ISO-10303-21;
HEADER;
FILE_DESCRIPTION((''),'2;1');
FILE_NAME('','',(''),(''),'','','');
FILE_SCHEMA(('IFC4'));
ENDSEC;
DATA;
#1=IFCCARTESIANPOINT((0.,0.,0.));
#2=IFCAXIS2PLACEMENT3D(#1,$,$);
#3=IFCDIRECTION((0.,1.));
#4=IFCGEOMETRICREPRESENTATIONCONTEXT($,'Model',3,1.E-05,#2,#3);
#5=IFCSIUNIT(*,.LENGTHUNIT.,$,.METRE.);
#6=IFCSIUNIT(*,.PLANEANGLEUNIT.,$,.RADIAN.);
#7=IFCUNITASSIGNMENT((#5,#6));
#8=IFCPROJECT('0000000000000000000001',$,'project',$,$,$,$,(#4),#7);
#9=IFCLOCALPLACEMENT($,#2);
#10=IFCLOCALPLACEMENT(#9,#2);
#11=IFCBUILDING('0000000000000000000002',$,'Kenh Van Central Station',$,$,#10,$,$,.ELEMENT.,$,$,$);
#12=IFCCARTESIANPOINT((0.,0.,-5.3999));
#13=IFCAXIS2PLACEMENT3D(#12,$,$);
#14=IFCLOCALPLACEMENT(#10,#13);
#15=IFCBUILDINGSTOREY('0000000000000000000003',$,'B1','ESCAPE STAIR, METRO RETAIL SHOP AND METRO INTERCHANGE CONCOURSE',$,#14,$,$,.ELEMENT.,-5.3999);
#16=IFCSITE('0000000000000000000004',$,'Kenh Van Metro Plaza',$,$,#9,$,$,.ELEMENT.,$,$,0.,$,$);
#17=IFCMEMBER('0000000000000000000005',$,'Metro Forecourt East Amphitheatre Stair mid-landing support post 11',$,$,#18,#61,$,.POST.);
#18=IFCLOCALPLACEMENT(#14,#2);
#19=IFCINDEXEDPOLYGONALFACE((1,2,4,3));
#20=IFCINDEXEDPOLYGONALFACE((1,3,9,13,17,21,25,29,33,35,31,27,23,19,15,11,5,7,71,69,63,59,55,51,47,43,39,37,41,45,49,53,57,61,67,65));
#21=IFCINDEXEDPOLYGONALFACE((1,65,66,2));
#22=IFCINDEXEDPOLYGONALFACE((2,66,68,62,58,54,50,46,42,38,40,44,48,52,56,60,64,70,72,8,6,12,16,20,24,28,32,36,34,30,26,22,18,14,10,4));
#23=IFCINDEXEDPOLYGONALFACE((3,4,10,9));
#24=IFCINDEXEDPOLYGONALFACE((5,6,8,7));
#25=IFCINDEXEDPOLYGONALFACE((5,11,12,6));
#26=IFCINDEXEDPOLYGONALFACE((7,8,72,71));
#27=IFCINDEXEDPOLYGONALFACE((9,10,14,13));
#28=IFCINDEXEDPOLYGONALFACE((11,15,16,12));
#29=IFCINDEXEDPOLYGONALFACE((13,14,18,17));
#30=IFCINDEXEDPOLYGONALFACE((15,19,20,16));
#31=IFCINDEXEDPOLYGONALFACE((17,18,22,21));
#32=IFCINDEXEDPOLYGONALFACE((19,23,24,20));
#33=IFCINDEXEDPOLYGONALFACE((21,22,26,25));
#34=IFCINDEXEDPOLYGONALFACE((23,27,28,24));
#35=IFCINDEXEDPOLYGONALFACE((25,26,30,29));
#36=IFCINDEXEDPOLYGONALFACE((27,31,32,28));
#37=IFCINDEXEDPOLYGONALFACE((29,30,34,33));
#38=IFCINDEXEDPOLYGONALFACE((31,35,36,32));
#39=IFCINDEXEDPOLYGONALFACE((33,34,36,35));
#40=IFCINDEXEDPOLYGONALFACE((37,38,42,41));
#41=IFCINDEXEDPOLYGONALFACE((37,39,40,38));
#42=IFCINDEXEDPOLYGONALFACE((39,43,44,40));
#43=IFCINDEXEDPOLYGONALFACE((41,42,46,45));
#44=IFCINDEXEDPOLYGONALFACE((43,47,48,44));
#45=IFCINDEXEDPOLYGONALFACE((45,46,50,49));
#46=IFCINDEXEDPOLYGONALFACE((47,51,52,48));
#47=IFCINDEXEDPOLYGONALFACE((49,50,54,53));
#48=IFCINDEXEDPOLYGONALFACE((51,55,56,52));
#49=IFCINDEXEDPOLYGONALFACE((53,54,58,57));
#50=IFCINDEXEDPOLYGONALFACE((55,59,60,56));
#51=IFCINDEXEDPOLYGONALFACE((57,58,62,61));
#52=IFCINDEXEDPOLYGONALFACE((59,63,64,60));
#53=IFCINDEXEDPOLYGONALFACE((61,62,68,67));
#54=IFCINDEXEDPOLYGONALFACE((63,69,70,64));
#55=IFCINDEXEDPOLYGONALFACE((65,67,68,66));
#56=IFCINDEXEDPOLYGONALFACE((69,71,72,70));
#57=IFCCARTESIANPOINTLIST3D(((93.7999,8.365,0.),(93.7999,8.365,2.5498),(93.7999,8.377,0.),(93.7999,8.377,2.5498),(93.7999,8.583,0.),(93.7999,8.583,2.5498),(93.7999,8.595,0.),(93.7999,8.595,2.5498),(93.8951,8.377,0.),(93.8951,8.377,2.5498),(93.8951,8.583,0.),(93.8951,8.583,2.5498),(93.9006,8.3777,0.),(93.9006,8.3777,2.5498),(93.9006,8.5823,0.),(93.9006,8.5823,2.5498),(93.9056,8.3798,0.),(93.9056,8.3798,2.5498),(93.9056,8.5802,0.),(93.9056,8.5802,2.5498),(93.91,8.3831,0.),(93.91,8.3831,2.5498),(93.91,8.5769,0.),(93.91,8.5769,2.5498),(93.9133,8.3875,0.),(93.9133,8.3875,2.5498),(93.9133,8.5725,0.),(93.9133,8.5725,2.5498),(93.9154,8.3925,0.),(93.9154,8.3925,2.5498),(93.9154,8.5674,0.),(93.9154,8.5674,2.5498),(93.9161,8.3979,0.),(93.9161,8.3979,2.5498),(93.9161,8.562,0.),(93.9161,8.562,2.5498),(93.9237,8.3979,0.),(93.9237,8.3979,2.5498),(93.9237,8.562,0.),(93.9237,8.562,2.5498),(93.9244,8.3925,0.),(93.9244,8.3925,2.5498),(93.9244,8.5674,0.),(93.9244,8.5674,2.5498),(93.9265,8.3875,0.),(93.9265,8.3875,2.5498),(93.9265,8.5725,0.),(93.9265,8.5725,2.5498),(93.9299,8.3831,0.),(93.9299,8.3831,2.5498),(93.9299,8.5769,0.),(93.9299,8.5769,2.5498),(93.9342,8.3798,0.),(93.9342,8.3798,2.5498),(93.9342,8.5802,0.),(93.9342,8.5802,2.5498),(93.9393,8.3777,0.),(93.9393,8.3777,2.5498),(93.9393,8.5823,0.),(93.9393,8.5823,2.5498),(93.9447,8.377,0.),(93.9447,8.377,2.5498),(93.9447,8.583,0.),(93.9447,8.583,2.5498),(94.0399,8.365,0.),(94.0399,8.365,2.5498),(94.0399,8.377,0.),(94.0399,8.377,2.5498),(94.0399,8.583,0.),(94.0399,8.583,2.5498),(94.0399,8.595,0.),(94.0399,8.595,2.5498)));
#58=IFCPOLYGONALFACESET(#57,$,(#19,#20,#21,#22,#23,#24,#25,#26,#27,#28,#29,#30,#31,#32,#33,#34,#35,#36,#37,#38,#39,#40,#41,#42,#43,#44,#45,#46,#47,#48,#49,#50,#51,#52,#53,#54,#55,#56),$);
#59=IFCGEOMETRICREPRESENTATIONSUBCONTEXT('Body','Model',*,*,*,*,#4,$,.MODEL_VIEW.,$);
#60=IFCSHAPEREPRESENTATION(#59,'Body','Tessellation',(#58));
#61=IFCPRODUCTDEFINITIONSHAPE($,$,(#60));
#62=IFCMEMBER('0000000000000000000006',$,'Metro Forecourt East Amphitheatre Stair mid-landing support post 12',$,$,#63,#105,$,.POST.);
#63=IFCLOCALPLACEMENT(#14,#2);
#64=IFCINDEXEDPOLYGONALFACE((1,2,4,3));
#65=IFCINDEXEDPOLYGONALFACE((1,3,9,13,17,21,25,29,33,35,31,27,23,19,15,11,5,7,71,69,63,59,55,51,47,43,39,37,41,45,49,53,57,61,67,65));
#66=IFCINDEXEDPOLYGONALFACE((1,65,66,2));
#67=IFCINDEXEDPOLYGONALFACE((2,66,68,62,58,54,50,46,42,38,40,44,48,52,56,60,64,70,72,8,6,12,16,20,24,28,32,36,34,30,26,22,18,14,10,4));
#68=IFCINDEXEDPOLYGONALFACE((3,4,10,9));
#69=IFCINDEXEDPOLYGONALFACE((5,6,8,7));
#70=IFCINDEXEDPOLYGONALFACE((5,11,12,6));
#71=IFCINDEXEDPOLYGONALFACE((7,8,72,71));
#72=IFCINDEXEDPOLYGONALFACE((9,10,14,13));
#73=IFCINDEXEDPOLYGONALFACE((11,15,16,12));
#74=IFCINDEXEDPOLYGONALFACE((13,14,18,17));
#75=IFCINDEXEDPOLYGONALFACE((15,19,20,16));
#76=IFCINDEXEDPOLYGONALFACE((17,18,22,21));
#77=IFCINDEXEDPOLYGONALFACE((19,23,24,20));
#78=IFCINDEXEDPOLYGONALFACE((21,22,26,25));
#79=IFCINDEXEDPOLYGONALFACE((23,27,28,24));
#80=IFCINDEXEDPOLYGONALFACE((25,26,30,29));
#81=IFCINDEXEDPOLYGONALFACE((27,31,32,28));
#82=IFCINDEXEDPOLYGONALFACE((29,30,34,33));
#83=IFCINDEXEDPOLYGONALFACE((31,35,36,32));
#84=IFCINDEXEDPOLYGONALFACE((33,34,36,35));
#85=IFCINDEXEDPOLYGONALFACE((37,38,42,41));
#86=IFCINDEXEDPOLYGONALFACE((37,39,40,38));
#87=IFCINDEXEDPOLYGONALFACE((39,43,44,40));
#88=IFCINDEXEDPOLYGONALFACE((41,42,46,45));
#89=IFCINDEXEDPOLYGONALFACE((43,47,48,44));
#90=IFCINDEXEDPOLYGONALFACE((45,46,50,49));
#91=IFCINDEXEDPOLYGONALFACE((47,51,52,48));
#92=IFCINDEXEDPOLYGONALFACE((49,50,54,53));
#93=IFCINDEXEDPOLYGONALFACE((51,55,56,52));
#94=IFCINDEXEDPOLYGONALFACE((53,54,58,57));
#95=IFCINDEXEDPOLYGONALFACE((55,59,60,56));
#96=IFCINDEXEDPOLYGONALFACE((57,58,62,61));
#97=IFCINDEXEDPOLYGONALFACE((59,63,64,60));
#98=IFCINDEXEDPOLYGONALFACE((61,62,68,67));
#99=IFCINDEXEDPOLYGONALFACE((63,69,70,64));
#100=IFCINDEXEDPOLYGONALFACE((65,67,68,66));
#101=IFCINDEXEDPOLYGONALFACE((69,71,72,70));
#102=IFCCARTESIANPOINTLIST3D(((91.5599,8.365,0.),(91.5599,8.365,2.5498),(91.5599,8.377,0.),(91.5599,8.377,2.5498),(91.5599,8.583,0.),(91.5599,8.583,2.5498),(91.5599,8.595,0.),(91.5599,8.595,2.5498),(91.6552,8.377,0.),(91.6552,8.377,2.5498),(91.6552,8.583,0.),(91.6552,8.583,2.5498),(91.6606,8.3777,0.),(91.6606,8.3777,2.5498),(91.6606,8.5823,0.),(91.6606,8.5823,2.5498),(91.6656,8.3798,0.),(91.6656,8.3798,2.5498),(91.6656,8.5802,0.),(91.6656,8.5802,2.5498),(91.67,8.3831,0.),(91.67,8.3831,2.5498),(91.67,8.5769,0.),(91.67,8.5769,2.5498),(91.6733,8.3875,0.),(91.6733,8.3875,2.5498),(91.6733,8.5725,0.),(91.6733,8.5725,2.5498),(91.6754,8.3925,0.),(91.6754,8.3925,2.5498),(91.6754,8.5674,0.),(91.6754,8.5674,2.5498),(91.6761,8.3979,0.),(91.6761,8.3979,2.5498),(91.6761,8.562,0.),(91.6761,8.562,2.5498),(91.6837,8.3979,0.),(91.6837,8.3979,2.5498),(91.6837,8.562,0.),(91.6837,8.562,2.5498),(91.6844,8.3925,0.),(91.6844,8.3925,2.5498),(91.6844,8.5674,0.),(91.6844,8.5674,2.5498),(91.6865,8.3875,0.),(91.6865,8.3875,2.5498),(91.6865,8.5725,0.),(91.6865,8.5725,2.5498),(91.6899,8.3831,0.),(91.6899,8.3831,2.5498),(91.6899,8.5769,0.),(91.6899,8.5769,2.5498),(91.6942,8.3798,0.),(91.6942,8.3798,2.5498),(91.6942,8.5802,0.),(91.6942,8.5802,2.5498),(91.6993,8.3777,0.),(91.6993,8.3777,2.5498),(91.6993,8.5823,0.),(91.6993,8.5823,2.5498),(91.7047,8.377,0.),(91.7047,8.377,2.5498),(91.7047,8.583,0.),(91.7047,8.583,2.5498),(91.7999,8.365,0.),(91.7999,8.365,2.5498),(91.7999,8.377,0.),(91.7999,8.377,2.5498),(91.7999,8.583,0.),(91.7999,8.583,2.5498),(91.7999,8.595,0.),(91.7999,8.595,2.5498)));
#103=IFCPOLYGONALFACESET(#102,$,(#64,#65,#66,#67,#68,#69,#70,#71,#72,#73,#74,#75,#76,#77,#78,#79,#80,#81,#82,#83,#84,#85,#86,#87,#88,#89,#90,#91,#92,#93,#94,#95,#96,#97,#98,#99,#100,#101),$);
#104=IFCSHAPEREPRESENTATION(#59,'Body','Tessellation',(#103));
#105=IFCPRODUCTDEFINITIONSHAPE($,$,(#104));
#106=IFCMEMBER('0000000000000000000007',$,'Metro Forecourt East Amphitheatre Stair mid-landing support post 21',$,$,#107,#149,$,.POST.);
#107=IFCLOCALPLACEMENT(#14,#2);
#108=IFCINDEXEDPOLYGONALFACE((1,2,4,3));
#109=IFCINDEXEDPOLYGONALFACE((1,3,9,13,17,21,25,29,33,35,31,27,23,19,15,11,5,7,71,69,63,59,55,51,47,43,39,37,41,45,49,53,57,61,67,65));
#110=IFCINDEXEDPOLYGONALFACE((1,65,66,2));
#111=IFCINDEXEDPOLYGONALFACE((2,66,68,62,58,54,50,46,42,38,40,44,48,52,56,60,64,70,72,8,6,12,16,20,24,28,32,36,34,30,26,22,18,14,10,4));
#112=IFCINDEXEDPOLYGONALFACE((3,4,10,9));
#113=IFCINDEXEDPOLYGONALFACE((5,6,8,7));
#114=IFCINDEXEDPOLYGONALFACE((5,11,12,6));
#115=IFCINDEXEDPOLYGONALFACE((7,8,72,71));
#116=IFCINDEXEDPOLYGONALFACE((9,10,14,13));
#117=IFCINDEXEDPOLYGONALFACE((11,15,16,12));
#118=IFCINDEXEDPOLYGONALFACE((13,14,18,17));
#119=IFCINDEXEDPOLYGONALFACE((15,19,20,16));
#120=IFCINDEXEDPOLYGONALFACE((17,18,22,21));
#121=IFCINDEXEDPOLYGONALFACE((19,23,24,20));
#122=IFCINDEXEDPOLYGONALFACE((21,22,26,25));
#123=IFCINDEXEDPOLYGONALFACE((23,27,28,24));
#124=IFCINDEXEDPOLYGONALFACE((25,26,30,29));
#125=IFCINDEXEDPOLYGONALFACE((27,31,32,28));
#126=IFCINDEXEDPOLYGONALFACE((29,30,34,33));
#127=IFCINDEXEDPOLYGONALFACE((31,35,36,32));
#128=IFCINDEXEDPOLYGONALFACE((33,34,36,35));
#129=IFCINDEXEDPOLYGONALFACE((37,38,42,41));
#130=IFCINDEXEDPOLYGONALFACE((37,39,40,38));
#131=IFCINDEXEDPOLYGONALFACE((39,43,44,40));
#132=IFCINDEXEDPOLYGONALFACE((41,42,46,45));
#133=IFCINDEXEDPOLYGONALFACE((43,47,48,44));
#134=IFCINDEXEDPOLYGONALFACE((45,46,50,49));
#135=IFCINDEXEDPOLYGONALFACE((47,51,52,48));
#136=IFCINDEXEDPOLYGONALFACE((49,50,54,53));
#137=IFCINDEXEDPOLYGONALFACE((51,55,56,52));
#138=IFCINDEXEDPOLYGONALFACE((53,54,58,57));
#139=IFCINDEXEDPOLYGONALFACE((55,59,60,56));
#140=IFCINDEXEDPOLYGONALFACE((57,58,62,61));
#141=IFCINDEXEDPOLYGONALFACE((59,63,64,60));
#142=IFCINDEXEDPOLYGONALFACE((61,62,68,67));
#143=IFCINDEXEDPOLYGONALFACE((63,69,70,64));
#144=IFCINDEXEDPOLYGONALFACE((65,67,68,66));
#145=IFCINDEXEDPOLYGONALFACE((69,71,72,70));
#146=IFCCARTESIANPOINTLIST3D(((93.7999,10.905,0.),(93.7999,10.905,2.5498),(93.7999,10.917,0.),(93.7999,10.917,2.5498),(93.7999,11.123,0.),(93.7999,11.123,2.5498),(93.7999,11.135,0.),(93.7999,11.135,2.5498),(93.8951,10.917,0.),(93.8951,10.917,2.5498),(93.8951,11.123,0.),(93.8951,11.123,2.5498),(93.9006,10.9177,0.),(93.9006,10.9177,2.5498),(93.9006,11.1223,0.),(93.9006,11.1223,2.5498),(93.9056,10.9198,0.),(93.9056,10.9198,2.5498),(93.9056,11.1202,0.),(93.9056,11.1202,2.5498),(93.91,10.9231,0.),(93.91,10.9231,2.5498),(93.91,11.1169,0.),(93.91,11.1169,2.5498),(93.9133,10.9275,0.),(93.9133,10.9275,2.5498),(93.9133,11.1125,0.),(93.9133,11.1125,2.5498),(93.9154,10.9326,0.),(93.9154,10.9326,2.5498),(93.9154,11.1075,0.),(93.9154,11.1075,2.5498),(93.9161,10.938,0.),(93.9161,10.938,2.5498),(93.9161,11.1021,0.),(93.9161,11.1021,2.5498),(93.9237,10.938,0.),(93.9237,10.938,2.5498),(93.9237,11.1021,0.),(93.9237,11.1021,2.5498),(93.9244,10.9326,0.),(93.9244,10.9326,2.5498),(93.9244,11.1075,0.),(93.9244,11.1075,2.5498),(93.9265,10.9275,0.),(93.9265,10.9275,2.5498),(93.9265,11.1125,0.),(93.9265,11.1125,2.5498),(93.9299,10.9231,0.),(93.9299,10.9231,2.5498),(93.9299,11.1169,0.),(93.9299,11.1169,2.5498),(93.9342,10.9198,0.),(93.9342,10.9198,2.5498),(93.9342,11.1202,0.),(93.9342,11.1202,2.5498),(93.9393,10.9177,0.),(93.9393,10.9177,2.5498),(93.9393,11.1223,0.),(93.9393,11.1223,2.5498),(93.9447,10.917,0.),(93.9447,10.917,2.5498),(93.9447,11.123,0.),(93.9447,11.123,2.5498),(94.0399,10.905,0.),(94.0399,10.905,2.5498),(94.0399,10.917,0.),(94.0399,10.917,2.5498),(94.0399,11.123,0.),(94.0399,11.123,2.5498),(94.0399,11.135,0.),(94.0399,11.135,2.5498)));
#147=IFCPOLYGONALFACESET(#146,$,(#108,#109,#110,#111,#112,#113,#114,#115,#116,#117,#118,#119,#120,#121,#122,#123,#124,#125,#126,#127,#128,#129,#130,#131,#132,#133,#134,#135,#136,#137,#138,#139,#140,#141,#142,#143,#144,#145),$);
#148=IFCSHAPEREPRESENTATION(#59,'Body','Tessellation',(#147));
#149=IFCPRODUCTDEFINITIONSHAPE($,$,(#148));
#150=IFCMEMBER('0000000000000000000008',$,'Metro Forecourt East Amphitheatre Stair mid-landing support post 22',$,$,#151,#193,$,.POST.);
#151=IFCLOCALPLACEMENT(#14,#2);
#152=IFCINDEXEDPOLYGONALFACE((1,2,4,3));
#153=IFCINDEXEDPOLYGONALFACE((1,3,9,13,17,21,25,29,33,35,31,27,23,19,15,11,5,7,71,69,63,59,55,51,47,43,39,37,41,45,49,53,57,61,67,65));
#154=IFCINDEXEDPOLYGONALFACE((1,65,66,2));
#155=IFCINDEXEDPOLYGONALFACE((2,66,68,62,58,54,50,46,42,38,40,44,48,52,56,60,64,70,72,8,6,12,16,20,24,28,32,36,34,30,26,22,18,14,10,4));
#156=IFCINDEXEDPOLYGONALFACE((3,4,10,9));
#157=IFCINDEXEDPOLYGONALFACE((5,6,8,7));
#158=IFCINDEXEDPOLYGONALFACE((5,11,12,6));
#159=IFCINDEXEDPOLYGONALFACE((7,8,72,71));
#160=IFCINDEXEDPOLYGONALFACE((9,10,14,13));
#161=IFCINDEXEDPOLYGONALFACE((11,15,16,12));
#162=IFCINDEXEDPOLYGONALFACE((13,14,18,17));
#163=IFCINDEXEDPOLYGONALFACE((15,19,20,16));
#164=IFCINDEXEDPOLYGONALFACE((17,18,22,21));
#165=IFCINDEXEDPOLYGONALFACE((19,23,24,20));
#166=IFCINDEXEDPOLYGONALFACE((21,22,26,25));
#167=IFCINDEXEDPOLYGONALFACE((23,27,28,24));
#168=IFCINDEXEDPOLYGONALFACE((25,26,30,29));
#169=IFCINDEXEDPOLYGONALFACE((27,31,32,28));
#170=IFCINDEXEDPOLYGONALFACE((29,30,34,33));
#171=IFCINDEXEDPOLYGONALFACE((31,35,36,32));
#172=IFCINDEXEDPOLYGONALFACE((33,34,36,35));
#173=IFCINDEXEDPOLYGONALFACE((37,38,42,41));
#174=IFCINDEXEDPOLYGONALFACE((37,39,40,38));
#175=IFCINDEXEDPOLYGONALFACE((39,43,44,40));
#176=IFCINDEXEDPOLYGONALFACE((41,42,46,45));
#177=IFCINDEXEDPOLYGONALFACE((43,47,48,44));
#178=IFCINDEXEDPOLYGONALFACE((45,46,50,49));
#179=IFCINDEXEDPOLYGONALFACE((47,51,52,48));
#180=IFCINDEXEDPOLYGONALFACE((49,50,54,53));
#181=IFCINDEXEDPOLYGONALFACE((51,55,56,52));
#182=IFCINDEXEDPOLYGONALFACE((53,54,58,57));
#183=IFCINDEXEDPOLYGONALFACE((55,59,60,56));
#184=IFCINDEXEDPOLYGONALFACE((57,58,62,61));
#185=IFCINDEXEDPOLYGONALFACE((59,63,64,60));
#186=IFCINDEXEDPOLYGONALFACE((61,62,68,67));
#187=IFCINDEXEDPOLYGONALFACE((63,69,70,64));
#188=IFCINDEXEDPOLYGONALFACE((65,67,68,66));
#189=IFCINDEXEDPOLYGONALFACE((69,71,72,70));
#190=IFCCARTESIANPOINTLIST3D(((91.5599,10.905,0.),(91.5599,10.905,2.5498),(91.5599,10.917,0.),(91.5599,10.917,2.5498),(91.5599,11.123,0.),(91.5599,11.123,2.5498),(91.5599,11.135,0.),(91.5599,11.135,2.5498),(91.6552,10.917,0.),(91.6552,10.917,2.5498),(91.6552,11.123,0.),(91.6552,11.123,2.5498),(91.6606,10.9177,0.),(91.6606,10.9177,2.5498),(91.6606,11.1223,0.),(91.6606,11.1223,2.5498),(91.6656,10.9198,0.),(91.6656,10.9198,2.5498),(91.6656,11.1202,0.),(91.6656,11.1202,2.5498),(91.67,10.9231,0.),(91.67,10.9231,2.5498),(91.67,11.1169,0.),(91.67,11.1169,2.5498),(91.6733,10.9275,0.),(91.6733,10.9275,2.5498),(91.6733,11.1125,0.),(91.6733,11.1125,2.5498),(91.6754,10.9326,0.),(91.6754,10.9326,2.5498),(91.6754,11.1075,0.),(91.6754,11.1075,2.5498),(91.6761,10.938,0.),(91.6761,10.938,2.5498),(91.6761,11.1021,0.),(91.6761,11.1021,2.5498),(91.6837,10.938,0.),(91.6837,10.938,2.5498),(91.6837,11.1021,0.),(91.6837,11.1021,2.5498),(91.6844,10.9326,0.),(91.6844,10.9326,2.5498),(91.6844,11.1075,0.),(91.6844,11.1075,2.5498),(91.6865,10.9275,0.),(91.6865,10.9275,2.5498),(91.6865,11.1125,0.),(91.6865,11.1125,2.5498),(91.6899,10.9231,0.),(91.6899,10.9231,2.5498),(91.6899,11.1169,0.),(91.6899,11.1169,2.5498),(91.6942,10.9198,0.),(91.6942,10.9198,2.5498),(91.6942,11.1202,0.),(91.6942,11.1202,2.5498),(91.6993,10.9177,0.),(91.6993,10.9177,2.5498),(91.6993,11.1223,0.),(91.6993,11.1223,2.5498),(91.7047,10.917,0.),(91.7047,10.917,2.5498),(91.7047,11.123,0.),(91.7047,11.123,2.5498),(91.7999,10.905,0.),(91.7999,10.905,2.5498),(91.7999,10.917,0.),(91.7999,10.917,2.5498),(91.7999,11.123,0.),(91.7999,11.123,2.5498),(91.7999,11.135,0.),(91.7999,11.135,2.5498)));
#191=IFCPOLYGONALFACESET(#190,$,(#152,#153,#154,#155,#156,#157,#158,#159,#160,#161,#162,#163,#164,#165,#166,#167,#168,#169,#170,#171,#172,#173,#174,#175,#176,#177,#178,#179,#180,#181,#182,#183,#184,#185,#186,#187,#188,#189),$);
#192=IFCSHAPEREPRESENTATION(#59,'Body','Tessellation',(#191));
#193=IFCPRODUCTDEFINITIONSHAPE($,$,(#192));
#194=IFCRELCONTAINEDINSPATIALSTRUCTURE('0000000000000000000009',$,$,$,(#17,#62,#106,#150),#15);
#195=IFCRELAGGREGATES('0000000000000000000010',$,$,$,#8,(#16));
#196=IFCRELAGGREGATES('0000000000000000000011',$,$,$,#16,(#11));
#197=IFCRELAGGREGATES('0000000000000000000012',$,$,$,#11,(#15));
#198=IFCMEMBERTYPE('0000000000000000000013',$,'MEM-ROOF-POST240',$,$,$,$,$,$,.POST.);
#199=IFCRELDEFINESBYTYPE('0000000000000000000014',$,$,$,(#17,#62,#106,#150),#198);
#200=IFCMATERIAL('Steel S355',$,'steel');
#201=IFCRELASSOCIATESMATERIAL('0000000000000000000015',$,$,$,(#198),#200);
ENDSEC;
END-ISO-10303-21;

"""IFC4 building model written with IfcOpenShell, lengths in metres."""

from ifc_helpers import new_model, si_unit, direction, frame, origin, origin_2d, place, context, subcontext, project, spatial, i_section, extrude, material, material_profile, profile_set, type_object, element, save


model = new_model("IFC4")

# Units and contexts
model_context = context("Model", 3, precision=1e-05, world=origin(), true_north=direction((0.0, 1.0)))
body_context = subcontext(model_context, "Body", "Model", "MODEL_VIEW")
ifc_project = project(units=[si_unit("LENGTHUNIT", "METRE"), si_unit("PLANEANGLEUNIT", "RADIAN")], contexts=[model_context])

# Site, building, storey
site_placement = place(None, origin())
site = spatial("IfcSite", under=ifc_project, at=site_placement, Name="Kenh Van Metro Plaza", CompositionType="ELEMENT", RefElevation=0.0)
building_placement = place(site_placement, origin())
building = spatial("IfcBuilding", under=site, at=building_placement, Name="Kenh Van Central Station", CompositionType="ELEMENT")
storey_placement = place(building_placement, frame((0.0, 0.0, -5.3999)))
storey = spatial("IfcBuildingStorey", under=building, at=storey_placement, Name="B1", Description="ESCAPE STAIR, METRO RETAIL SHOP AND METRO INTERCHANGE CONCOURSE", CompositionType="ELEMENT", Elevation=-5.3999)

# Members
ifc_material_1 = material(Name="Steel S355", Category="steel")
ifc_material_profile_1 = material_profile(ifc_material_1, i_section(OverallWidth=0.24, OverallDepth=0.23, WebThickness=0.0076, FlangeThickness=0.012, FilletRadius=0.021, at=origin_2d()), Name="HEA 240")
ifc_profile_set_1 = profile_set([ifc_material_profile_1], Name="Steel S355")
member_type = type_object("IfcMemberType", Name="MEM-ROOF-POST240", PredefinedType="POST", material=ifc_profile_set_1)
for number, where, z_axis, x_axis, name in (
    (1, (93.9199, 8.48, 0.0), (0.0, 0.0, 1.0), (1.0, 0.0, 0.0), "Metro Forecourt East Amphitheatre Stair mid-landing support post 11"),
    (2, (91.6799, 8.48, 0.0), (0.0, 0.0, 1.0), (1.0, 0.0, 0.0), "Metro Forecourt East Amphitheatre Stair mid-landing support post 12"),
    (3, (93.9199, 11.02, 0.0), (0.0, 0.0, 1.0), (1.0, 0.0, 0.0), "Metro Forecourt East Amphitheatre Stair mid-landing support post 21"),
    (4, (91.6799, 11.02, 0.0), (0.0, 0.0, 1.0), (1.0, 0.0, 0.0), "Metro Forecourt East Amphitheatre Stair mid-landing support post 22"),
):
    element("IfcMember", number, at=place(storey_placement, frame(where, z_axis=z_axis, x_axis=x_axis)), inside=storey, type_object=member_type, Name=name, PredefinedType="POST", context=body_context, shape_type="SweptSolid", body=[
        extrude(i_section(OverallWidth=0.24, OverallDepth=0.23, WebThickness=0.0076, FlangeThickness=0.012, FilletRadius=0.021, at=origin_2d()), origin(), (0.0, 0.0, 1.0), 2.5498),
    ])

save(model, "model.ifc")
